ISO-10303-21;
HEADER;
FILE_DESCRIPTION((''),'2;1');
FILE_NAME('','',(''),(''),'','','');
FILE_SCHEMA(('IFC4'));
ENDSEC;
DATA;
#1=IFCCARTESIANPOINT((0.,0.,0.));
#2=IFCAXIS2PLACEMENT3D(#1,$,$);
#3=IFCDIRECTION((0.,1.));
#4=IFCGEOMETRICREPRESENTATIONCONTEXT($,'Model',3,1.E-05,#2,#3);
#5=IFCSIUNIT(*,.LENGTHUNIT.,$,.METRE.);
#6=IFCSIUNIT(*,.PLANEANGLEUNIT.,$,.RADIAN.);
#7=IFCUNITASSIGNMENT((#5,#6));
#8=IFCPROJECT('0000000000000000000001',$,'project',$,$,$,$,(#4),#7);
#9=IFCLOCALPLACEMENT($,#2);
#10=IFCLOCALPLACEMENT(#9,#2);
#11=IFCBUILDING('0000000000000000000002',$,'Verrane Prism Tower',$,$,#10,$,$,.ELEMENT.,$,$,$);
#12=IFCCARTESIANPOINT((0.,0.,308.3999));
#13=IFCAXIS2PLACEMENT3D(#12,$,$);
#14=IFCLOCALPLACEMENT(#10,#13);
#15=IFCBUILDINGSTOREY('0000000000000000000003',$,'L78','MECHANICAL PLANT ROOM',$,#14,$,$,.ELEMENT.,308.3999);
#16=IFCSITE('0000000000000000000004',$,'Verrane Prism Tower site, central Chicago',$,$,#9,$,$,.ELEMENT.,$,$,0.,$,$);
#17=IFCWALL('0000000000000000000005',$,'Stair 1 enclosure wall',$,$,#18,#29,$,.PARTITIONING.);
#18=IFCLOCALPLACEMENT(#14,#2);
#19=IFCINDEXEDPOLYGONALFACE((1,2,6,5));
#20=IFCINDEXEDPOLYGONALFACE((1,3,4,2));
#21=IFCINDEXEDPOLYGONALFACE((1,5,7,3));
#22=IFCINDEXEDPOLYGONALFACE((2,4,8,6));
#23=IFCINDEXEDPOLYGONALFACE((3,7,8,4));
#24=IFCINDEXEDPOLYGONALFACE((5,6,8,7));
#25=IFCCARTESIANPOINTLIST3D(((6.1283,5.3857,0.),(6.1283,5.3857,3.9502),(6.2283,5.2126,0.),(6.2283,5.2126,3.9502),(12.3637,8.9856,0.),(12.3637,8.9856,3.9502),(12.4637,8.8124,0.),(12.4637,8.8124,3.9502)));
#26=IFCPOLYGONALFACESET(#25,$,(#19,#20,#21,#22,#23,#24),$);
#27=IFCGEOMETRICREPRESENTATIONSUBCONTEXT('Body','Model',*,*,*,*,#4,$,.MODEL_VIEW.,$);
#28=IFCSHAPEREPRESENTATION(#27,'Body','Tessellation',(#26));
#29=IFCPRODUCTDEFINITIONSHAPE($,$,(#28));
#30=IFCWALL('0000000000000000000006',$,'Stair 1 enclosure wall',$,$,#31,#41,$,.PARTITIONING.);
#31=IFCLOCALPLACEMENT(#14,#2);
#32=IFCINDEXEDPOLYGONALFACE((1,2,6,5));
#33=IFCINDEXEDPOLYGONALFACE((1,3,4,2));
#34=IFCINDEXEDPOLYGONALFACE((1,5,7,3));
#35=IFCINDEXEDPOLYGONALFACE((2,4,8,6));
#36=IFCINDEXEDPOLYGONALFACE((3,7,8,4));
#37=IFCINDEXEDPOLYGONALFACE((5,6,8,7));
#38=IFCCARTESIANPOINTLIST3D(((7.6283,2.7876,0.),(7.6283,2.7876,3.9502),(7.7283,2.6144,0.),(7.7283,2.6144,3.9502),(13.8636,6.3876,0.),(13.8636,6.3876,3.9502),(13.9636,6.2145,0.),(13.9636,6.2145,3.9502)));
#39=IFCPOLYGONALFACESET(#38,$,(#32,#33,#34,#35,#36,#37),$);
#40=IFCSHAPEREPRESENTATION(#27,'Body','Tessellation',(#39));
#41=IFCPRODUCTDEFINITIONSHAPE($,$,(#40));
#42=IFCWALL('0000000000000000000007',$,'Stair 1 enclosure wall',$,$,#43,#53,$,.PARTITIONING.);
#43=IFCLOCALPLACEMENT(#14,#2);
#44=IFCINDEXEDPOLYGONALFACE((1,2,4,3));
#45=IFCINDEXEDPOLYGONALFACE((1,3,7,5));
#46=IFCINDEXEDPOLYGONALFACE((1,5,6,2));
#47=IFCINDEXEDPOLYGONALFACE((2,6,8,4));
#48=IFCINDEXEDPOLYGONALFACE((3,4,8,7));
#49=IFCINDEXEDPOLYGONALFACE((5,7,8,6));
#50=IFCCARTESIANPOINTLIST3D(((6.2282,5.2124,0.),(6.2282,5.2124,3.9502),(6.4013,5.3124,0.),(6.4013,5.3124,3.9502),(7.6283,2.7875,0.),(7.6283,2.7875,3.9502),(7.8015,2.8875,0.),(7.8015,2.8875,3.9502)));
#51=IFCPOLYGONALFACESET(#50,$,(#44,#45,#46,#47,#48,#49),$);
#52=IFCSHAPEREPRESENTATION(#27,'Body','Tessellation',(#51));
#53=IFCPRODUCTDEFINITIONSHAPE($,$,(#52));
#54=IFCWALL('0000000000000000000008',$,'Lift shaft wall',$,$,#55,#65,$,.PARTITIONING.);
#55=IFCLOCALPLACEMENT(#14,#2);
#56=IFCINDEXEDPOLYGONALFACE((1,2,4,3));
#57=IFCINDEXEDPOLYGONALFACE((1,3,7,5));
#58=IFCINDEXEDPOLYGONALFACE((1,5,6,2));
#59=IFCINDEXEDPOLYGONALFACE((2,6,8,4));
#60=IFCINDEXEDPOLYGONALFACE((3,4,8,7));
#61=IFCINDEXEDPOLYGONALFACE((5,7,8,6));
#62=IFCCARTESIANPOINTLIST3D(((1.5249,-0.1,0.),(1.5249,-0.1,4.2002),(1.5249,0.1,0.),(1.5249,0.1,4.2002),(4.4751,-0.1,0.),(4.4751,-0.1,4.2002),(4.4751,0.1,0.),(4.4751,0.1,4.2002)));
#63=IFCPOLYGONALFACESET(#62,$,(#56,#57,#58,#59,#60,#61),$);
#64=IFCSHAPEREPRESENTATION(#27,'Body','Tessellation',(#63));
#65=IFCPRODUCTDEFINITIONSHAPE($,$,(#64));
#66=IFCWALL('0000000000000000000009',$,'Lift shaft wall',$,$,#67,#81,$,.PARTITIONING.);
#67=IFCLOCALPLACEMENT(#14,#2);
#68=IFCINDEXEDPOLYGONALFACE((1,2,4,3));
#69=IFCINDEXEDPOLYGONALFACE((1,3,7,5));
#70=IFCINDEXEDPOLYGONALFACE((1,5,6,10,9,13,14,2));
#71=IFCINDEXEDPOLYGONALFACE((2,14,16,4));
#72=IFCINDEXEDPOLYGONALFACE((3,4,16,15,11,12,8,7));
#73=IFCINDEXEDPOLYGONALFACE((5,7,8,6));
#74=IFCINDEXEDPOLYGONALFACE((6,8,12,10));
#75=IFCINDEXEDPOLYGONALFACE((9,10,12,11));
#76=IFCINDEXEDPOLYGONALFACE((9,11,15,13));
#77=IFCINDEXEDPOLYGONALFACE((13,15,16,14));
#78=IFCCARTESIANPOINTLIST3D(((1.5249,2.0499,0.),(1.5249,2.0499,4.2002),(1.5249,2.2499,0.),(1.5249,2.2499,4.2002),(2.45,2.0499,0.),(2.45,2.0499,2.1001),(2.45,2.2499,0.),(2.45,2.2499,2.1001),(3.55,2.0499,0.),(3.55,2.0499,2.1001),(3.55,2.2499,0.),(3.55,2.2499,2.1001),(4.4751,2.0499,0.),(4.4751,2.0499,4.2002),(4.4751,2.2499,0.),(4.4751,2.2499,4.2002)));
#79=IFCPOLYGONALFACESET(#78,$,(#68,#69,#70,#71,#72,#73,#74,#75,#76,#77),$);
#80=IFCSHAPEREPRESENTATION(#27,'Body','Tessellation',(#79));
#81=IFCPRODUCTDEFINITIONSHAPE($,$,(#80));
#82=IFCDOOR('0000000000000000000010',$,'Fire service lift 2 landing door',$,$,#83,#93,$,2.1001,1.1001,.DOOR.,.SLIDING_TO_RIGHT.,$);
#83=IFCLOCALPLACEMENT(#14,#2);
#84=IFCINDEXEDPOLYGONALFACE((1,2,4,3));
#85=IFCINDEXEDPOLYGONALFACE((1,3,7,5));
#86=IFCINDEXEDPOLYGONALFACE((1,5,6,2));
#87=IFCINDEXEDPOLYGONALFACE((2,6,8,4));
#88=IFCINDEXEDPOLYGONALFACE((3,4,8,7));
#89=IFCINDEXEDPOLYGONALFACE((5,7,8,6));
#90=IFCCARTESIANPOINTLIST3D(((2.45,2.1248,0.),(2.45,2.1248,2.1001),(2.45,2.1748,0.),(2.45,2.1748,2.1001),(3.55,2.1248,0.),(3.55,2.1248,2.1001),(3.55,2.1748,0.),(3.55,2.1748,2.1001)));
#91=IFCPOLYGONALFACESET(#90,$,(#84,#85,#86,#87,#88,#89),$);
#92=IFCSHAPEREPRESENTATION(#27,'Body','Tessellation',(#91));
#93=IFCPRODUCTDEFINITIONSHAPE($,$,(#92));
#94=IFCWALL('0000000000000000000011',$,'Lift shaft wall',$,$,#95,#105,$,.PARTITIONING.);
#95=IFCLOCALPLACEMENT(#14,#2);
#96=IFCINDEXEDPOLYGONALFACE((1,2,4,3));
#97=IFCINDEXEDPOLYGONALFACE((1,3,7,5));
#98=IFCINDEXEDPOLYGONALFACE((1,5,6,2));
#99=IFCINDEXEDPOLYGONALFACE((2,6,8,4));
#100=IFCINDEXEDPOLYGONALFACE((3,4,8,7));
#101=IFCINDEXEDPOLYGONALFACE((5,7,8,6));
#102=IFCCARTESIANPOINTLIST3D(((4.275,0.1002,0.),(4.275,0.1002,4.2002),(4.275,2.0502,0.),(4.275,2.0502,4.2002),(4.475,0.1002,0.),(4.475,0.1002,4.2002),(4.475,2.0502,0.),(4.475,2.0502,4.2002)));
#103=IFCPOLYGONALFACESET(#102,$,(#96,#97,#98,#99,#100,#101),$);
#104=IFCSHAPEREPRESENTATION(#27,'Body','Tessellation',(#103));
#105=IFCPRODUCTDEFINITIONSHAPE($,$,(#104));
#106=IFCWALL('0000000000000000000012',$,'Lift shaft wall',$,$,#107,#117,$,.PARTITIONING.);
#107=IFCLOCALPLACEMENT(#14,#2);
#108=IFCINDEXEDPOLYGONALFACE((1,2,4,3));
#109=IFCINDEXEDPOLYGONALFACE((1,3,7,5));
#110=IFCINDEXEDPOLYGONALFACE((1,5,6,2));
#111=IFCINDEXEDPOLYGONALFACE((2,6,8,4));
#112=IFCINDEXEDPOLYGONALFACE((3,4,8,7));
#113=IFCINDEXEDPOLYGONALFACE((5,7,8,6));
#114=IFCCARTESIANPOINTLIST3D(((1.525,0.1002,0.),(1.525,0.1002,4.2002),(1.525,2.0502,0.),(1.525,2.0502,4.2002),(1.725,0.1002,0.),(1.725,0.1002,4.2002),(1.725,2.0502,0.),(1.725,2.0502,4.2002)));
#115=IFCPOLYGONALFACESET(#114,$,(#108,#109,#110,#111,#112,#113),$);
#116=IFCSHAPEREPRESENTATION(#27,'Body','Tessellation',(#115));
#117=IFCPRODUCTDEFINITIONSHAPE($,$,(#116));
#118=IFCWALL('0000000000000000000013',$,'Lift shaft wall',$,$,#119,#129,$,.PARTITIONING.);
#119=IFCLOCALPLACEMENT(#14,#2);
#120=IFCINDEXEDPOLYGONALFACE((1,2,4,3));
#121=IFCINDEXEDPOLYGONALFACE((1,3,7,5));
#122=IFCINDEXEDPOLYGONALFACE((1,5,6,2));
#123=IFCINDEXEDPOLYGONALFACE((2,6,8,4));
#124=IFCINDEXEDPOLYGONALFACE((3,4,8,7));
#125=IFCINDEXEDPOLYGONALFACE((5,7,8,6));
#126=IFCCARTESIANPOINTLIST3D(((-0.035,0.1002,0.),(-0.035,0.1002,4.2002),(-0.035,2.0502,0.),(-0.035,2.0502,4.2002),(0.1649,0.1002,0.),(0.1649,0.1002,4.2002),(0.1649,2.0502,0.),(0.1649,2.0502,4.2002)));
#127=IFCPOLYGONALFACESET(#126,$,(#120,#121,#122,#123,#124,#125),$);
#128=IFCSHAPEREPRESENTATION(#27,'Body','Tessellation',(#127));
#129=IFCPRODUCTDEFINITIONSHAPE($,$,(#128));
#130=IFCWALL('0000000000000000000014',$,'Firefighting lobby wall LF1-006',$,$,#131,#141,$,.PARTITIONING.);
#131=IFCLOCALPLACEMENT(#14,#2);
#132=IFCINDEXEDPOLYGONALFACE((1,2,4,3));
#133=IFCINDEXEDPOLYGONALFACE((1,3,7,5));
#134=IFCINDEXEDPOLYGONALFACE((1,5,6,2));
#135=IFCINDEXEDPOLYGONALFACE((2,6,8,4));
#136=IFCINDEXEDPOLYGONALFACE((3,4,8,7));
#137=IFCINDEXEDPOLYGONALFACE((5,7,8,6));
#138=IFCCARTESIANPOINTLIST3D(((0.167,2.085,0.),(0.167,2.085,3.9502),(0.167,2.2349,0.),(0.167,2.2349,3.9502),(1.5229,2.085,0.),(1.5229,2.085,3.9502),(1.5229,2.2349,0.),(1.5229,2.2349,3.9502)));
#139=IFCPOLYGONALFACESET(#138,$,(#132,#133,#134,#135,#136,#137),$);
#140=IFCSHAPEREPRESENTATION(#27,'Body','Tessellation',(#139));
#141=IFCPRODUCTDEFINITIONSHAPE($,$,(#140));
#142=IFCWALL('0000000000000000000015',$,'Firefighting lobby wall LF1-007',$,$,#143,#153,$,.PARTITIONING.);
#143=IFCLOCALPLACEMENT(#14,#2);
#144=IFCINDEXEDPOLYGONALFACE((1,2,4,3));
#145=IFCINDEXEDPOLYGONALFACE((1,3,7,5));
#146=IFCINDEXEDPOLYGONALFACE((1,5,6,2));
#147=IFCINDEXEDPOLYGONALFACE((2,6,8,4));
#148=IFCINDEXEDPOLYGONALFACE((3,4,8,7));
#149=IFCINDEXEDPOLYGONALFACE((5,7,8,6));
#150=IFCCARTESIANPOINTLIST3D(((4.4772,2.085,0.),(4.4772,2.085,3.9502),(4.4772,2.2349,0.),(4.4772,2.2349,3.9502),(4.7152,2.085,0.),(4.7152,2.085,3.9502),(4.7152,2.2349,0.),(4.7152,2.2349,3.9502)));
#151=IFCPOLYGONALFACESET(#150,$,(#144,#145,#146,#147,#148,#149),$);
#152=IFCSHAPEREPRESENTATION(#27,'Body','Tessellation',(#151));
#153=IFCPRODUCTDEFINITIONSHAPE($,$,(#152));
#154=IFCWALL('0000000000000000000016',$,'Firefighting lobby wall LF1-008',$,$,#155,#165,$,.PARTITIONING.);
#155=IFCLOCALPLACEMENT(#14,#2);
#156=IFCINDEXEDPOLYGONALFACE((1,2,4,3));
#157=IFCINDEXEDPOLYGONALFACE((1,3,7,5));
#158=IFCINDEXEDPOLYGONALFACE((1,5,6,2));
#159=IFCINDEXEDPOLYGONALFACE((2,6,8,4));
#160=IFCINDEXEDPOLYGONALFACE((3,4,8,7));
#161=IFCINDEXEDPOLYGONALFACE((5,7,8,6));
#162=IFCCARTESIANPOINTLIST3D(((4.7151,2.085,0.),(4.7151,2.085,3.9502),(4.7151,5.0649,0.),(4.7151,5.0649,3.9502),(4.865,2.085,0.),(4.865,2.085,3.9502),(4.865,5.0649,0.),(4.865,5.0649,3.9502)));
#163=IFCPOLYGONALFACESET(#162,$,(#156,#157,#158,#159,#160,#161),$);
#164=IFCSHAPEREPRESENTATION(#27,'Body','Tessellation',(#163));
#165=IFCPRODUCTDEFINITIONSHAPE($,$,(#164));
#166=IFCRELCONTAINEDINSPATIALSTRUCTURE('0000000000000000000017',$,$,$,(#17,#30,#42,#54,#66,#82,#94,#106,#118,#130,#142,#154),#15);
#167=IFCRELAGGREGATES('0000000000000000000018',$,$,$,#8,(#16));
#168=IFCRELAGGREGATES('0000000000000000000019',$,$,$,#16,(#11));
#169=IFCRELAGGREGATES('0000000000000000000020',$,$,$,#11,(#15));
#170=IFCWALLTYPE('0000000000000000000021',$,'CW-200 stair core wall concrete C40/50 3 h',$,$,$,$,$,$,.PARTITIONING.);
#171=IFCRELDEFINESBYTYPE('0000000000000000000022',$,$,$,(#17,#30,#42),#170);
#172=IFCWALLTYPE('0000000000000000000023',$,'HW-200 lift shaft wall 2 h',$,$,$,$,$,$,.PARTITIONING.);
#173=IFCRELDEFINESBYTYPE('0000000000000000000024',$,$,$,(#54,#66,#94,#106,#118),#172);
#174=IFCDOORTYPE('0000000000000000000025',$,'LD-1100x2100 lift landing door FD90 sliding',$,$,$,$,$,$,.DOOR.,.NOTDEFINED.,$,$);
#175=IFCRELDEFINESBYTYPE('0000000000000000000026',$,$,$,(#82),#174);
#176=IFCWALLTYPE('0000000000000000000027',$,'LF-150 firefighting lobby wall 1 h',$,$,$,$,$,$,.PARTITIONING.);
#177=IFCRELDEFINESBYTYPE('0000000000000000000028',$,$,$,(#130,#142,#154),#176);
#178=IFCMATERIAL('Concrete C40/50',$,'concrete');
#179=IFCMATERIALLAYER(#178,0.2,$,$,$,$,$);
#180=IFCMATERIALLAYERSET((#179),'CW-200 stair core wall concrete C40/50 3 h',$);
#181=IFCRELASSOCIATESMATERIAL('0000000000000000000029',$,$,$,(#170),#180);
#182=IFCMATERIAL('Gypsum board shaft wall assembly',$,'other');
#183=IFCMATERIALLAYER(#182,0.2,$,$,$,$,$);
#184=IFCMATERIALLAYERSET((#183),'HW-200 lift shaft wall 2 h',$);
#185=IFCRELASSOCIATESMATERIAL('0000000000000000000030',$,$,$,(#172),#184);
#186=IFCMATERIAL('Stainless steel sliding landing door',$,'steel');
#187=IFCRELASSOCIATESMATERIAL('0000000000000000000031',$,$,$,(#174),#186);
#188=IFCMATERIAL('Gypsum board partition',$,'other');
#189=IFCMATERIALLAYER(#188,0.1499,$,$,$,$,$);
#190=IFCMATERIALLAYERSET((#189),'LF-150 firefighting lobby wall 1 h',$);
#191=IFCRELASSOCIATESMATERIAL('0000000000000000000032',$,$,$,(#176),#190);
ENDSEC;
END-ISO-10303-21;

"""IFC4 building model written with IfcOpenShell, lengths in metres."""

from ifc_helpers import new_model, si_unit, direction, frame, frame_2d, origin, place, context, subcontext, project, spatial, rectangle, extrude, material, layer, layer_set, type_object, element, fill, save


model = new_model("IFC4")

# Units and contexts
model_context = context("Model", 3, precision=1e-05, world=origin(), true_north=direction((0.0, 1.0)))
body_context = subcontext(model_context, "Body", "Model", "MODEL_VIEW")
ifc_project = project(units=[si_unit("LENGTHUNIT", "METRE"), si_unit("PLANEANGLEUNIT", "RADIAN")], contexts=[model_context])

# Site, building, storey
site_placement = place(None, origin())
site = spatial("IfcSite", under=ifc_project, at=site_placement, Name="Verrane Prism Tower site, central Chicago", CompositionType="ELEMENT", RefElevation=0.0)
building_placement = place(site_placement, origin())
building = spatial("IfcBuilding", under=site, at=building_placement, Name="Verrane Prism Tower", CompositionType="ELEMENT")
storey_placement = place(building_placement, frame((0.0, 0.0, 308.3999)))
storey = spatial("IfcBuildingStorey", under=building, at=storey_placement, Name="L78", Description="MECHANICAL PLANT ROOM", CompositionType="ELEMENT", Elevation=308.3999)

# Walls
ifc_material_1 = material(Name="Concrete C40/50", Category="concrete")
ifc_layer_1 = layer(ifc_material_1, 0.2)
ifc_layer_set_1 = layer_set([ifc_layer_1], Name="CW-200 stair core wall concrete C40/50 3 h")
wall_type_1 = type_object("IfcWallType", Name="CW-200 stair core wall concrete C40/50 3 h", PredefinedType="PARTITIONING", material=ifc_layer_set_1)
for number, where, z_axis, x_axis, name in (
    (1, (6.1782, 5.2991, 0.0), (0.0, 0.0, 1.0), (0.866033, 0.499987, 0.0), "Stair 1 enclosure wall"),
    (2, (7.6782, 2.7009, 0.0), (0.0, 0.0, 1.0), (0.866018, 0.500012, 0.0), "Stair 1 enclosure wall"),
):
    element("IfcWall", number, at=place(storey_placement, frame(where, z_axis=z_axis, x_axis=x_axis)), inside=storey, type_object=wall_type_1, Name=name, PredefinedType="PARTITIONING", context=body_context, shape_type="SweptSolid", body=[
        extrude(rectangle(XDim=7.2, YDim=0.2, at=frame_2d((3.6001, 0.0))), origin(), (0.0, 0.0, 1.0), 3.9502),
    ])
wall_1_placement = place(storey_placement, frame((7.7148, 2.8376, 0.0), z_axis=(0.0, 0.0, 1.0), x_axis=(-0.50005, 0.865997, 0.0)))
element("IfcWall", 3, at=wall_1_placement, inside=storey, type_object=wall_type_1, Name="Stair 1 enclosure wall", PredefinedType="PARTITIONING", context=body_context, shape_type="SweptSolid", body=[
    extrude(rectangle(XDim=2.8, YDim=0.2, at=frame_2d((1.3999, 0.0))), origin(), (0.0, 0.0, 1.0), 3.9502),
])
ifc_material_2 = material(Name="Gypsum board shaft wall assembly", Category="other")
ifc_layer_2 = layer(ifc_material_2, 0.2)
ifc_layer_set_2 = layer_set([ifc_layer_2], Name="HW-200 lift shaft wall 2 h")
wall_type_2 = type_object("IfcWallType", Name="HW-200 lift shaft wall 2 h", PredefinedType="PARTITIONING", material=ifc_layer_set_2)
wall_2_placement = place(storey_placement, frame((1.5249, 0.0, 0.0), z_axis=(0.0, 0.0, 1.0), x_axis=(1.0, 0.0, 0.0)))
element("IfcWall", 4, at=wall_2_placement, inside=storey, type_object=wall_type_2, Name="Lift shaft wall", PredefinedType="PARTITIONING", context=body_context, shape_type="SweptSolid", body=[
    extrude(rectangle(XDim=2.9502, YDim=0.2, at=frame_2d((1.4751, 0.0))), origin(), (0.0, 0.0, 1.0), 4.2002),
])

# Wall, opening, door
wall_3_placement = place(storey_placement, frame((1.5249, 2.1499, 0.0), z_axis=(0.0, 0.0, 1.0), x_axis=(1.0, 0.0, 0.0)))
wall_3 = element("IfcWall", 5, at=wall_3_placement, inside=storey, type_object=wall_type_2, Name="Lift shaft wall", PredefinedType="PARTITIONING", context=body_context, shape_type="SweptSolid", body=[
    extrude(rectangle(XDim=2.9502, YDim=0.2, at=frame_2d((1.4751, 0.0))), origin(), (0.0, 0.0, 1.0), 4.2002),
])
opening_1_placement = place(wall_3_placement, frame((0.925, 0.0, 0.0)))
opening_1 = element("IfcOpeningElement", 6, at=opening_1_placement, cuts=wall_3, PredefinedType="OPENING", context=body_context, shape_type="SweptSolid", body=[
    extrude(rectangle(XDim=1.1001, YDim=2.1001, at=frame_2d((0.55, 1.05))), frame((0.0, 0.1099, 0.0), z_axis=(0.0, -1.0, 0.0), x_axis=(1.0, 0.0, 0.0)), (0.0, 0.0, 1.0), 0.22),
])
ifc_material_3 = material(Name="Stainless steel sliding landing door", Category="steel")
door_type_1 = type_object("IfcDoorType", Name="LD-1100x2100 lift landing door FD90 sliding", OperationType="NOTDEFINED", PredefinedType="DOOR", material=ifc_material_3)
door_1_placement = place(opening_1_placement, origin())
door_1 = element("IfcDoor", 7, at=door_1_placement, inside=storey, type_object=door_type_1, Name="Fire service lift 2 landing door", OperationType="SLIDING_TO_RIGHT", OverallHeight=2.1001, OverallWidth=1.1001, PredefinedType="DOOR", context=body_context, shape_type="SweptSolid", body=[
    extrude(rectangle(XDim=1.1001, YDim=2.1001, at=frame_2d((0.55, 1.05))), frame((0.0, 0.0249, 0.0), z_axis=(0.0, -1.0, 0.0), x_axis=(1.0, 0.0, 0.0)), (0.0, 0.0, 1.0), 0.05),
])
fill(opening_1, door_1)

# Walls
for number, where, z_axis, x_axis, name in (
    (8, (4.375, 0.1001, 0.0), (0.0, 0.0, 1.0), (0.0, 1.0, 0.0), "Lift shaft wall"),
    (9, (1.625, 0.1001, 0.0), (0.0, 0.0, 1.0), (0.0, 1.0, 0.0), "Lift shaft wall"),
    (10, (0.0649, 0.1001, 0.0), (0.0, 0.0, 1.0), (0.0, 1.0, 0.0), "Lift shaft wall"),
):
    element("IfcWall", number, at=place(storey_placement, frame(where, z_axis=z_axis, x_axis=x_axis)), inside=storey, type_object=wall_type_2, Name=name, PredefinedType="PARTITIONING", context=body_context, shape_type="SweptSolid", body=[
        extrude(rectangle(XDim=1.95, YDim=0.2, at=frame_2d((0.9751, 0.0))), origin(), (0.0, 0.0, 1.0), 4.2002),
    ])
ifc_material_4 = material(Name="Gypsum board partition", Category="other")
ifc_layer_3 = layer(ifc_material_4, 0.1499)
ifc_layer_set_3 = layer_set([ifc_layer_3], Name="LF-150 firefighting lobby wall 1 h")
wall_type_3 = type_object("IfcWallType", Name="LF-150 firefighting lobby wall 1 h", PredefinedType="PARTITIONING", material=ifc_layer_set_3)
wall_4_placement = place(storey_placement, frame((0.167, 2.1599, 0.0), z_axis=(0.0, 0.0, 1.0), x_axis=(1.0, 0.0, 0.0)))
element("IfcWall", 11, at=wall_4_placement, inside=storey, type_object=wall_type_3, Name="Firefighting lobby wall LF1-006", PredefinedType="PARTITIONING", context=body_context, shape_type="SweptSolid", body=[
    extrude(rectangle(XDim=1.356, YDim=0.1499, at=frame_2d((0.678, 0.0))), origin(), (0.0, 0.0, 1.0), 3.9502),
])
wall_5_placement = place(storey_placement, frame((4.4771, 2.1599, 0.0), z_axis=(0.0, 0.0, 1.0), x_axis=(1.0, 0.0, 0.0)))
element("IfcWall", 12, at=wall_5_placement, inside=storey, type_object=wall_type_3, Name="Firefighting lobby wall LF1-007", PredefinedType="PARTITIONING", context=body_context, shape_type="SweptSolid", body=[
    extrude(rectangle(XDim=0.238, YDim=0.1499, at=frame_2d((0.1191, 0.0))), origin(), (0.0, 0.0, 1.0), 3.9502),
])
wall_6_placement = place(storey_placement, frame((4.79, 2.085, 0.0), z_axis=(0.0, 0.0, 1.0), x_axis=(0.0, 1.0, 0.0)))
element("IfcWall", 13, at=wall_6_placement, inside=storey, type_object=wall_type_3, Name="Firefighting lobby wall LF1-008", PredefinedType="PARTITIONING", context=body_context, shape_type="SweptSolid", body=[
    extrude(rectangle(XDim=2.98, YDim=0.1499, at=frame_2d((1.49, 0.0))), origin(), (0.0, 0.0, 1.0), 3.9502),
])

save(model, "model.ifc")
